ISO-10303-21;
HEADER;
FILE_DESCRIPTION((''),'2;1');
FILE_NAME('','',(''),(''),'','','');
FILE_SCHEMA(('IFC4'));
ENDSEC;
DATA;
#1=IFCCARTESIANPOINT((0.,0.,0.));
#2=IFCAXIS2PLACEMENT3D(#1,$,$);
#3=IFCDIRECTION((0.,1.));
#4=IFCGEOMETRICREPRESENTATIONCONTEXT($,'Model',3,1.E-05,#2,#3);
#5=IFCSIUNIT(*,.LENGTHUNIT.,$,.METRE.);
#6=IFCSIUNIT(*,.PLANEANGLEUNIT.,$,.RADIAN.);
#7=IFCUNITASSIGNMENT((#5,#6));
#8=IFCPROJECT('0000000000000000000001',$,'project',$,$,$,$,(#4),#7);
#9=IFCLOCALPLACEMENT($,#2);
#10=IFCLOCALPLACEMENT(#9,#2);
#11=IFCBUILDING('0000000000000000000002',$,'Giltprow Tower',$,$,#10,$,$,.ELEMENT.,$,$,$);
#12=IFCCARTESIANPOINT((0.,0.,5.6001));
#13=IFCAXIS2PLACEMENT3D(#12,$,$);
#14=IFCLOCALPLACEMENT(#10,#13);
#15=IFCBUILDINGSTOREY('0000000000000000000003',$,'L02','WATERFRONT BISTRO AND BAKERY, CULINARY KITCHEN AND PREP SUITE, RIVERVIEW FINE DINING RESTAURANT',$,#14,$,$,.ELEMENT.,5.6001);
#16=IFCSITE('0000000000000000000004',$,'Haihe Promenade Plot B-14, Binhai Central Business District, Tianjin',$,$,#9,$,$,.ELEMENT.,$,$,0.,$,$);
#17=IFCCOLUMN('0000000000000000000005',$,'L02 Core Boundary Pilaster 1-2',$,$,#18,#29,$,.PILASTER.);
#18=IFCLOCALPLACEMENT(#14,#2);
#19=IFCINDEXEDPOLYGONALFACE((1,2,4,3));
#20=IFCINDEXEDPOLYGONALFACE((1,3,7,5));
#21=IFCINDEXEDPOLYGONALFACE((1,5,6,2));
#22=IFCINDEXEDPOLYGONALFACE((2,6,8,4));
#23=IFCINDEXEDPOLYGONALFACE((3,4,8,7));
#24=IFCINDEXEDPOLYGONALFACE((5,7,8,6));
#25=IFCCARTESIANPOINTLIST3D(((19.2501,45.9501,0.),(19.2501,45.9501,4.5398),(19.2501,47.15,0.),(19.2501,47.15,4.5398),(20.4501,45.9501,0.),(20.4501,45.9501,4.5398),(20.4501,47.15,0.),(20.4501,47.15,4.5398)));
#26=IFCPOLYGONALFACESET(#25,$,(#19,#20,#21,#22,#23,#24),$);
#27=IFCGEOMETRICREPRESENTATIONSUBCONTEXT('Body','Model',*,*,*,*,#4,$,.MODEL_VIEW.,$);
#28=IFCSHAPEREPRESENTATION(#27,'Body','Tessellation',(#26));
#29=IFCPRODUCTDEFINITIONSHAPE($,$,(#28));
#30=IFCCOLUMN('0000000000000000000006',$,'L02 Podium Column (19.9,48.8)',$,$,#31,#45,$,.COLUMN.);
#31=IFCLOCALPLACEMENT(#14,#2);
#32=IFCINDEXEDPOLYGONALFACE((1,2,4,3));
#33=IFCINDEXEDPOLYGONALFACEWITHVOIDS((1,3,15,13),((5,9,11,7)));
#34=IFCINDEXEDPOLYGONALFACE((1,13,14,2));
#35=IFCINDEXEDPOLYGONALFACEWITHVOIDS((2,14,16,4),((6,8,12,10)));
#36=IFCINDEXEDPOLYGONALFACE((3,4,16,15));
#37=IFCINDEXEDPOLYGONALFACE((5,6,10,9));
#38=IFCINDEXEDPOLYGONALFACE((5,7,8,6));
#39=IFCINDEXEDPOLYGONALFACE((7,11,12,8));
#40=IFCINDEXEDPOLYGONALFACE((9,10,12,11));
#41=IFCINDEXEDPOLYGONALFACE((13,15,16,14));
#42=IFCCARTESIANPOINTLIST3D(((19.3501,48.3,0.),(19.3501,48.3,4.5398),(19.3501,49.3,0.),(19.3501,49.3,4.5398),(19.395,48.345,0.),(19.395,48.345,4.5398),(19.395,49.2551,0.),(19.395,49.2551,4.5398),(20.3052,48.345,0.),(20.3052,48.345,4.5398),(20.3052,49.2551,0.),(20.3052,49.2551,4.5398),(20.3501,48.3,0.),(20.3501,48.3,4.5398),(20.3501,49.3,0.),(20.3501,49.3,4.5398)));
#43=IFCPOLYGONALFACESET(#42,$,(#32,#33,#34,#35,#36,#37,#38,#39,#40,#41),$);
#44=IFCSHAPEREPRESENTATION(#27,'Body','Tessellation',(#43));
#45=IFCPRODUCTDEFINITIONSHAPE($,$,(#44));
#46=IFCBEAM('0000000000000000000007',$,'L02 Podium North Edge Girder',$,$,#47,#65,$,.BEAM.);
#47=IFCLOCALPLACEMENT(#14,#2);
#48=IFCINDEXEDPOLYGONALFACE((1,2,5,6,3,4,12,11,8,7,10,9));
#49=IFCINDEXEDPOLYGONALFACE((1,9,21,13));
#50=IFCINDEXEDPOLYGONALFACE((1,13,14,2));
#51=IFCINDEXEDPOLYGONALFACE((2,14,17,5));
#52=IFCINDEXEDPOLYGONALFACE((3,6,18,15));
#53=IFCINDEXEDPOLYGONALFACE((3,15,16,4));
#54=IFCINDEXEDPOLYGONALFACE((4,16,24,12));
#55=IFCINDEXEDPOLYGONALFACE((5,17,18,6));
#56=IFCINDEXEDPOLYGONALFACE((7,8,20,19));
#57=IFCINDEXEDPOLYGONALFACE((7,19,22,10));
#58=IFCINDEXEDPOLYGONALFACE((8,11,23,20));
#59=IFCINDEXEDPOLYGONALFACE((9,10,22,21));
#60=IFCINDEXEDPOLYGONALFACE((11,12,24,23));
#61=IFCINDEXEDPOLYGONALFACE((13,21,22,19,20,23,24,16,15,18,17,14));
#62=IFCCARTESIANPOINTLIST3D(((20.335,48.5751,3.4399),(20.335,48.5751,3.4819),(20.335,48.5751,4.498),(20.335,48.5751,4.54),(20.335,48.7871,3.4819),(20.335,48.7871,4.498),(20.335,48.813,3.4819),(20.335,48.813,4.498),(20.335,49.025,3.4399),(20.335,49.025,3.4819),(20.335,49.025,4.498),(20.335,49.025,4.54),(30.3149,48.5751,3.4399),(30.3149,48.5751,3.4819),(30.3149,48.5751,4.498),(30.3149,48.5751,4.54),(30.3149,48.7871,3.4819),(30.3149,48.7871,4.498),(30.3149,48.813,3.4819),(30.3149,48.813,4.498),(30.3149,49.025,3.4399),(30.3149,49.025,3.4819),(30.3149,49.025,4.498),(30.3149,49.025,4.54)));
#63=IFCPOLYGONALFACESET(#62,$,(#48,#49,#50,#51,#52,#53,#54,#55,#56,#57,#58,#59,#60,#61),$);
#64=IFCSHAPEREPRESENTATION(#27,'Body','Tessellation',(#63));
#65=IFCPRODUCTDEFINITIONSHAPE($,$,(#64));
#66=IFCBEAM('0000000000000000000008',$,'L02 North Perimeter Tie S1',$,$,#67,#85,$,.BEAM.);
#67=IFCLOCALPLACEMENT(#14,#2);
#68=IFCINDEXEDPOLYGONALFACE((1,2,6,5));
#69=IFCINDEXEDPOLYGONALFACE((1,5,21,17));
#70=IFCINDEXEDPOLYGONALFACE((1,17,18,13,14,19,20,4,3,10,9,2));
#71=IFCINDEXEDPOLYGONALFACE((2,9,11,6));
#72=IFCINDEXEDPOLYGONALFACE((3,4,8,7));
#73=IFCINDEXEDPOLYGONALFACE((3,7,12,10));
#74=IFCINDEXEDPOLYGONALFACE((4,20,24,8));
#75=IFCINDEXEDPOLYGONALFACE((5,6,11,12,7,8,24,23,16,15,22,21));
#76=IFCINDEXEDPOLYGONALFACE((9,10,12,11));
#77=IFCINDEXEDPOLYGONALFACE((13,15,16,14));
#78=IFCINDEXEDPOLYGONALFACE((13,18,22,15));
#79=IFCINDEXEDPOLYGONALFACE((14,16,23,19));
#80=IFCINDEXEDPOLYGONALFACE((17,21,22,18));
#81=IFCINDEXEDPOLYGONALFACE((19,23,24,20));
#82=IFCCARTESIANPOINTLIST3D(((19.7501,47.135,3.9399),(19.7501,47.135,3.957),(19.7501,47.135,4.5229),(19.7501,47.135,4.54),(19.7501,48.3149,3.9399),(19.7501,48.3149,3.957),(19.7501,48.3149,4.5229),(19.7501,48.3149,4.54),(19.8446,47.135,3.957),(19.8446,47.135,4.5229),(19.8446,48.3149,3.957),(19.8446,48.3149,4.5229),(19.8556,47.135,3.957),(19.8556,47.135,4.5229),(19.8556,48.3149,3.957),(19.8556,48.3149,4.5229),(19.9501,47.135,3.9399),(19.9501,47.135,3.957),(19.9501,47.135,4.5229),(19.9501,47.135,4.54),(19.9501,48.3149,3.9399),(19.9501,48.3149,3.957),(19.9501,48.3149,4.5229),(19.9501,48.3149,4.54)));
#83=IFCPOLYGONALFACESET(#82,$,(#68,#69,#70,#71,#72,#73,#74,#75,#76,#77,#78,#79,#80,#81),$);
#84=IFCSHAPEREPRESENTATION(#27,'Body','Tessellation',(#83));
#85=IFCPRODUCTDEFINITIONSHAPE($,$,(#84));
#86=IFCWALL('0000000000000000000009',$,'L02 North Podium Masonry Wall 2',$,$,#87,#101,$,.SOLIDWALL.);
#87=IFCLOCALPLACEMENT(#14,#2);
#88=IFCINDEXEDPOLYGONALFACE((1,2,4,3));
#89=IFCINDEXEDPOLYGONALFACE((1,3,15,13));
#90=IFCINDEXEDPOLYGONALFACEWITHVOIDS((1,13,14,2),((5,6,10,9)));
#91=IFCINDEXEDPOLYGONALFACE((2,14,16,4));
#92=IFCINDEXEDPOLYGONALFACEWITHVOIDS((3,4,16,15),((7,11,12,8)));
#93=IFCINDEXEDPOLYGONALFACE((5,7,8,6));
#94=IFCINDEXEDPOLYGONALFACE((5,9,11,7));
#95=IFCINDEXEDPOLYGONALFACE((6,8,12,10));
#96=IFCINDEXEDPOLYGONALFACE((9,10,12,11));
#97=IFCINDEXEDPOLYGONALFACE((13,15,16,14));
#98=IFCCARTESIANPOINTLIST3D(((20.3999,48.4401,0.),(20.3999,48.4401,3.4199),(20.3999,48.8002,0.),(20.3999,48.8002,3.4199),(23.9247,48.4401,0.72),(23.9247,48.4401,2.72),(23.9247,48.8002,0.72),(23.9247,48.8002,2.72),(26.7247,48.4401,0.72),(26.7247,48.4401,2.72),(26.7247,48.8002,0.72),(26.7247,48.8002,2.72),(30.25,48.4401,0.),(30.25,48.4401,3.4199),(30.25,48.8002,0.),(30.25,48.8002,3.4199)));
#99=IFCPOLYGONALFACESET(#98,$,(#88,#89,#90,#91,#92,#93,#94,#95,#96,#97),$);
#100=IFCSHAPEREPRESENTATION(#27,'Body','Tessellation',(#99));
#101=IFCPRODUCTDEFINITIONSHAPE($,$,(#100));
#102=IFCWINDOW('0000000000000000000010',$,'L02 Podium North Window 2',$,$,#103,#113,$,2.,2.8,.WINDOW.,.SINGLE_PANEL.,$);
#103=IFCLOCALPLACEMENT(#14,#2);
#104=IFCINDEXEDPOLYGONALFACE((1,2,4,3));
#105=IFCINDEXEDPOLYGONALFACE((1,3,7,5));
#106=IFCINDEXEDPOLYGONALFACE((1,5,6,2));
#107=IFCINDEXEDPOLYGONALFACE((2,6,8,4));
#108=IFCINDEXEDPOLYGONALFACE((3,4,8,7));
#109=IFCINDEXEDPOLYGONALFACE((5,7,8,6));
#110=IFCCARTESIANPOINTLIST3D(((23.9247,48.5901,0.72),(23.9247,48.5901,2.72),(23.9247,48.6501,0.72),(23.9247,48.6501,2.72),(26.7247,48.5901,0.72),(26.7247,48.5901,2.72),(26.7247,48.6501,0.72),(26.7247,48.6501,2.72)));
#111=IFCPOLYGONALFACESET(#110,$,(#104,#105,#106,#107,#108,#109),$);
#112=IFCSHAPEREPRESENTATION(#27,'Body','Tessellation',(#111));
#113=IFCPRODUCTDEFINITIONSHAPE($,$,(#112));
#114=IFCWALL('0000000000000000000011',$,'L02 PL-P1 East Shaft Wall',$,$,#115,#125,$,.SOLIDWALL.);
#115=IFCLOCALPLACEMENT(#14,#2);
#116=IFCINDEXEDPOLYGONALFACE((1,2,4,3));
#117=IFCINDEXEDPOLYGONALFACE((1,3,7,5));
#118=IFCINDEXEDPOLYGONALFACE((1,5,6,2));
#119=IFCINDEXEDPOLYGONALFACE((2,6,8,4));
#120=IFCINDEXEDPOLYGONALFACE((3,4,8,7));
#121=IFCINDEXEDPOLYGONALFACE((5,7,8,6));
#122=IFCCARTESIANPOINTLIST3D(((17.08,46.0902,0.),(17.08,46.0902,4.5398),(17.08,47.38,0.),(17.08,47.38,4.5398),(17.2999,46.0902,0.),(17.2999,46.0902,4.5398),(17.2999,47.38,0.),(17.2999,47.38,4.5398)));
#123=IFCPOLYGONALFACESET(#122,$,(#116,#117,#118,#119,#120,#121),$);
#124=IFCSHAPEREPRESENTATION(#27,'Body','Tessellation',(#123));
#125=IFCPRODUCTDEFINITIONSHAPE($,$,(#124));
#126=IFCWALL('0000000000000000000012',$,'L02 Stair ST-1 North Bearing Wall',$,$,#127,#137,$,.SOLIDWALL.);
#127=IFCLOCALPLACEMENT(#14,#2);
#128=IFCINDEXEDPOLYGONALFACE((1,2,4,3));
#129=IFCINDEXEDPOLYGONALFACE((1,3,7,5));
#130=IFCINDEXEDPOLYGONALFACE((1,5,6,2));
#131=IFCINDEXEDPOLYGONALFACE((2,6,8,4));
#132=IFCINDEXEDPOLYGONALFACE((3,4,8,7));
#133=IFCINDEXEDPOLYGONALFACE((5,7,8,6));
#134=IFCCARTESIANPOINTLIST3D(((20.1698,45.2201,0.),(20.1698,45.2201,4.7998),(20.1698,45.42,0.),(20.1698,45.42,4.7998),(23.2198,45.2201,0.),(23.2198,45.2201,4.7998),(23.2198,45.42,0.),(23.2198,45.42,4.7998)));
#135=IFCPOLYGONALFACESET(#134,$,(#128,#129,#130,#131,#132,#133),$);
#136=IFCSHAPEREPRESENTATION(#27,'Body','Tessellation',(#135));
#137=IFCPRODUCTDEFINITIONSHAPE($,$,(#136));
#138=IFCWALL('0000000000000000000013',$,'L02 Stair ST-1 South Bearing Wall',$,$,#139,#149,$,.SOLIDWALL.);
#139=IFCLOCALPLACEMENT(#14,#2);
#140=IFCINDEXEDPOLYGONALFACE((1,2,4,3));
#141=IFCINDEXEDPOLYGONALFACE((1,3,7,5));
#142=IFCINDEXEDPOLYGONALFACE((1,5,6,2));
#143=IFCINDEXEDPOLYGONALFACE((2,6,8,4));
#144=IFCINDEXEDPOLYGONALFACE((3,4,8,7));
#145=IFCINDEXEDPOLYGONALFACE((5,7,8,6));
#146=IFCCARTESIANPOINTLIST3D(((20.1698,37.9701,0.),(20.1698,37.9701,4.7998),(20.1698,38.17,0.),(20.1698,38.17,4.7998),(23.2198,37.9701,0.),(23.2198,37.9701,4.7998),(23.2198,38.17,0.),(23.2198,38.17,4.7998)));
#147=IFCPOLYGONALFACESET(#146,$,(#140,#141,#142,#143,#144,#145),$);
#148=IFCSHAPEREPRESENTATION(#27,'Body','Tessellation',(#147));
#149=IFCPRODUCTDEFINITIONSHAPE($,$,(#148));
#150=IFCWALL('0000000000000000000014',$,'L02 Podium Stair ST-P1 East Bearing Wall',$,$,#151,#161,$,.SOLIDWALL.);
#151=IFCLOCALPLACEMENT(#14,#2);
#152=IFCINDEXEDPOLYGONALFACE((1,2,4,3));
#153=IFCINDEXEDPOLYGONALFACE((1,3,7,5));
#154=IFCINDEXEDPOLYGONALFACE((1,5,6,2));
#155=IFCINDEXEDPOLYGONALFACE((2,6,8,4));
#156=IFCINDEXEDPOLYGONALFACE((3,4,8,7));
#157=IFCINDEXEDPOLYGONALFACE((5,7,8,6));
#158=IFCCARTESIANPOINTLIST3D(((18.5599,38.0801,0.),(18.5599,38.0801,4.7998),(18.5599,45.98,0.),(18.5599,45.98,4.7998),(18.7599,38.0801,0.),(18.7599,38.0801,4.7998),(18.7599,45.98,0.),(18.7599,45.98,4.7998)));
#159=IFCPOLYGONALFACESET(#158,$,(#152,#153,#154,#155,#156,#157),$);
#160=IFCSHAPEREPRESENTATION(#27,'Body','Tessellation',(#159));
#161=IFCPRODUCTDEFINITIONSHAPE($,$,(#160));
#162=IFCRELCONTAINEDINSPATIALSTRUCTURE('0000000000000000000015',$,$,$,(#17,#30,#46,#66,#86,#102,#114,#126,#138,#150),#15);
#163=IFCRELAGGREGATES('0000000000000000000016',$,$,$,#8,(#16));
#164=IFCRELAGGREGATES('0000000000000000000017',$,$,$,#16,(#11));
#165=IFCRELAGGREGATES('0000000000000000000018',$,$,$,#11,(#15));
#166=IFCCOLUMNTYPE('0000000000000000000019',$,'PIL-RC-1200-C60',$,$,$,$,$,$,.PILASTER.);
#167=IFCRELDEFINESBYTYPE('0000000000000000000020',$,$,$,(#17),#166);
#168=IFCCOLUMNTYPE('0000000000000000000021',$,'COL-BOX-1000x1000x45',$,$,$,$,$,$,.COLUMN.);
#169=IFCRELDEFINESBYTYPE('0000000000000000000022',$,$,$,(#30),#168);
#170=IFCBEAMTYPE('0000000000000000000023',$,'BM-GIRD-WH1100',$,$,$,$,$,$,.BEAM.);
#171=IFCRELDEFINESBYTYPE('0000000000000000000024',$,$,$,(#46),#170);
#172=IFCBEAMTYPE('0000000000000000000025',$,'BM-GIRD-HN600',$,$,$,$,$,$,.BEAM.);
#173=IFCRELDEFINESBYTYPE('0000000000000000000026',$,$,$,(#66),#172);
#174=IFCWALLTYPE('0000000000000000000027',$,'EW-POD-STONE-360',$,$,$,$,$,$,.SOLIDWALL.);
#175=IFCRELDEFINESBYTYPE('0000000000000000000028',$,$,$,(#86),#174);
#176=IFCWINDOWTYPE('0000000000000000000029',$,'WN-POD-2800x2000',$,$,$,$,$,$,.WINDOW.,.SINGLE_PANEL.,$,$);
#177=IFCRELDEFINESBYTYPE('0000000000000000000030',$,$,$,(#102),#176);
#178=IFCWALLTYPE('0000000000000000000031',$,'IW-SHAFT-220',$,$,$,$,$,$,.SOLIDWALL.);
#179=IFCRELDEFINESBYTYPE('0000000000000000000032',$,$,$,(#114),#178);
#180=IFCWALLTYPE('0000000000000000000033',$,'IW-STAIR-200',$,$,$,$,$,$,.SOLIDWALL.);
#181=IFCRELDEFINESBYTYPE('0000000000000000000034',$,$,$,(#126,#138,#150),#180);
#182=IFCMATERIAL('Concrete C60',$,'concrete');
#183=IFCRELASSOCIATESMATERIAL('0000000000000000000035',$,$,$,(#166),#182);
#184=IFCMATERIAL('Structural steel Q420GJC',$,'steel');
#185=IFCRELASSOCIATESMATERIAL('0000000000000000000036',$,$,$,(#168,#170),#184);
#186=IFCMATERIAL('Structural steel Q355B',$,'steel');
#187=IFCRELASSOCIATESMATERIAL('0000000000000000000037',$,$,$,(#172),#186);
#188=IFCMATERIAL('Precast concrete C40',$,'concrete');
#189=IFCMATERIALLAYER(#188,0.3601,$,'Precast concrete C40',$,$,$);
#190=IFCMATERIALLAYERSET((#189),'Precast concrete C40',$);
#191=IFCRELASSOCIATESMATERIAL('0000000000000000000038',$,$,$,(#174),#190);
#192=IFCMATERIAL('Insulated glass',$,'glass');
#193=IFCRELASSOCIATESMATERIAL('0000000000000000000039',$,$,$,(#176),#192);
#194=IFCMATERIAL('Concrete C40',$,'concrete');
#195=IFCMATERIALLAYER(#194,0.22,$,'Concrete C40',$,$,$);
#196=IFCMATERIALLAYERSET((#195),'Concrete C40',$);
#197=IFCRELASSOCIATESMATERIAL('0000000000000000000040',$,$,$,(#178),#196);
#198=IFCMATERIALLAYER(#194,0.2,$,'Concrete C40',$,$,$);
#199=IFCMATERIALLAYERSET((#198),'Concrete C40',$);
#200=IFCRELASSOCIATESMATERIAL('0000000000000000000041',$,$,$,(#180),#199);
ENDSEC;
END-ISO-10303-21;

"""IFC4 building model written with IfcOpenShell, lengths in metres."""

from ifc_helpers import new_model, si_unit, direction, frame, frame_2d, origin, origin_2d, place, context, subcontext, project, spatial, rectangle, hollow_rectangle, i_section, extrude, source, transform, mapped, material, layer, layer_set, material_profile, profile_set, type_object, element, fill, save


model = new_model("IFC4")

# Units and contexts
model_context = context("Model", 3, precision=1e-05, world=origin(), true_north=direction((0.0, 1.0)))
body_context = subcontext(model_context, "Body", "Model", "MODEL_VIEW")
ifc_project = project(units=[si_unit("LENGTHUNIT", "METRE"), si_unit("PLANEANGLEUNIT", "RADIAN")], contexts=[model_context])

# Site, building, storey
site_placement = place(None, origin())
site = spatial("IfcSite", under=ifc_project, at=site_placement, Name="Haihe Promenade Plot B-14, Binhai Central Business District, Tianjin", CompositionType="ELEMENT", RefElevation=0.0)
building_placement = place(site_placement, origin())
building = spatial("IfcBuilding", under=site, at=building_placement, Name="Giltprow Tower", CompositionType="ELEMENT")
storey_placement = place(building_placement, frame((0.0, 0.0, 5.6001)))
storey = spatial("IfcBuildingStorey", under=building, at=storey_placement, Name="L02", Description="WATERFRONT BISTRO AND BAKERY, CULINARY KITCHEN AND PREP SUITE, RIVERVIEW FINE DINING RESTAURANT", CompositionType="ELEMENT", Elevation=5.6001)

# Columns
ifc_material_1 = material(Name="Concrete C60", Category="concrete")
ifc_material_profile_1 = material_profile(ifc_material_1, rectangle(XDim=1.2, YDim=1.2, at=origin_2d()), Name="RC 1200x1200")
ifc_profile_set_1 = profile_set([ifc_material_profile_1], Name="Concrete C60")
column_type_1 = type_object("IfcColumnType", Name="PIL-RC-1200-C60", PredefinedType="PILASTER", material=ifc_profile_set_1)
shared_shape_1 = source(origin(), body_context, "Body", "SweptSolid", [
    extrude(rectangle(XDim=1.2, YDim=1.2, at=origin_2d()), origin(), (0.0, 0.0, 1.0), 4.5398),
])
column_1_placement = place(storey_placement, frame((19.8501, 46.55, 0.0), z_axis=(0.0, 0.0, 1.0), x_axis=(1.0, 0.0, 0.0)))
element("IfcColumn", 1, at=column_1_placement, inside=storey, type_object=column_type_1, Name="L02 Core Boundary Pilaster 1-2", PredefinedType="PILASTER", context=body_context, shape_type="MappedRepresentation", body=[
    mapped(shared_shape_1, transform((0.0, 0.0, 0.0), x_axis=(1.0, 0.0, 0.0), y_axis=(0.0, 1.0, 0.0), z_axis=(0.0, 0.0, 1.0), scale=1.0)),
])
ifc_material_2 = material(Name="Structural steel Q420GJC", Category="steel")
ifc_material_profile_2 = material_profile(ifc_material_2, hollow_rectangle(XDim=1.0, YDim=1.0, WallThickness=0.0449, at=origin_2d()), Name="BOX 1000x1000x45")
ifc_profile_set_2 = profile_set([ifc_material_profile_2], Name="Structural steel Q420GJC")
column_type_2 = type_object("IfcColumnType", Name="COL-BOX-1000x1000x45", PredefinedType="COLUMN", material=ifc_profile_set_2)
shared_shape_2 = source(origin(), body_context, "Body", "SweptSolid", [
    extrude(hollow_rectangle(XDim=1.0, YDim=1.0, WallThickness=0.0449, at=origin_2d()), origin(), (0.0, 0.0, 1.0), 4.5398),
])
column_2_placement = place(storey_placement, frame((19.8501, 48.8, 0.0), z_axis=(0.0, 0.0, 1.0), x_axis=(1.0, 0.0, 0.0)))
element("IfcColumn", 2, at=column_2_placement, inside=storey, type_object=column_type_2, Name="L02 Podium Column (19.9,48.8)", PredefinedType="COLUMN", context=body_context, shape_type="MappedRepresentation", body=[
    mapped(shared_shape_2, transform((0.0, 0.0, 0.0), x_axis=(1.0, 0.0, 0.0), y_axis=(0.0, 1.0, 0.0), z_axis=(0.0, 0.0, 1.0), scale=1.0)),
])

# Beams
ifc_material_profile_3 = material_profile(ifc_material_2, i_section(OverallWidth=0.45, OverallDepth=1.1001, WebThickness=0.0259, FlangeThickness=0.042, at=origin_2d()), Name="WH 1100x450x26x42")
ifc_profile_set_3 = profile_set([ifc_material_profile_3], Name="Structural steel Q420GJC")
beam_type_1 = type_object("IfcBeamType", Name="BM-GIRD-WH1100", PredefinedType="BEAM", material=ifc_profile_set_3)
shared_shape_3 = source(origin(), body_context, "Body", "SweptSolid", [
    extrude(i_section(OverallWidth=0.45, OverallDepth=1.1001, WebThickness=0.0259, FlangeThickness=0.042, at=origin_2d()), origin(), (0.0, 0.0, 1.0), 9.98),
])
beam_1_placement = place(storey_placement, frame((20.335, 48.8, 3.99), z_axis=(1.0, 0.0, 0.0), x_axis=(0.0, 1.0, 0.0)))
element("IfcBeam", 3, at=beam_1_placement, inside=storey, type_object=beam_type_1, Name="L02 Podium North Edge Girder", PredefinedType="BEAM", context=body_context, shape_type="MappedRepresentation", body=[
    mapped(shared_shape_3, transform((0.0, 0.0, 0.0), x_axis=(1.0, 0.0, 0.0), y_axis=(0.0, 1.0, 0.0), z_axis=(0.0, 0.0, 1.0), scale=1.0)),
])
ifc_material_3 = material(Name="Structural steel Q355B", Category="steel")
ifc_material_profile_4 = material_profile(ifc_material_3, i_section(OverallWidth=0.2, OverallDepth=0.6001, WebThickness=0.011, FlangeThickness=0.0171, at=origin_2d()), Name="HN 600x200x11x17")
ifc_profile_set_4 = profile_set([ifc_material_profile_4], Name="Structural steel Q355B")
beam_type_2 = type_object("IfcBeamType", Name="BM-GIRD-HN600", PredefinedType="BEAM", material=ifc_profile_set_4)
shared_shape_4 = source(origin(), body_context, "Body", "SweptSolid", [
    extrude(i_section(OverallWidth=0.2, OverallDepth=0.6001, WebThickness=0.011, FlangeThickness=0.0171, at=origin_2d()), origin(), (0.0, 0.0, 1.0), 1.1799),
])
beam_2_placement = place(storey_placement, frame((19.8501, 47.135, 4.24), z_axis=(0.0, 1.0, 0.0), x_axis=(-1.0, 0.0, 0.0)))
element("IfcBeam", 4, at=beam_2_placement, inside=storey, type_object=beam_type_2, Name="L02 North Perimeter Tie S1", PredefinedType="BEAM", context=body_context, shape_type="MappedRepresentation", body=[
    mapped(shared_shape_4, transform((0.0, 0.0, 0.0), x_axis=(1.0, 0.0, 0.0), y_axis=(0.0, 1.0, 0.0), z_axis=(0.0, 0.0, 1.0), scale=1.0)),
])

# Wall, opening, window
ifc_material_4 = material(Name="Precast concrete C40", Category="concrete")
ifc_layer_1 = layer(ifc_material_4, 0.3601, Name="Precast concrete C40")
ifc_layer_set_1 = layer_set([ifc_layer_1], Name="Precast concrete C40")
wall_type_1 = type_object("IfcWallType", Name="EW-POD-STONE-360", PredefinedType="SOLIDWALL", material=ifc_layer_set_1)
wall_1_placement = place(storey_placement, frame((20.3999, 48.6201, 0.0), z_axis=(0.0, 0.0, 1.0), x_axis=(1.0, 0.0, 0.0)))
wall_1 = element("IfcWall", 5, at=wall_1_placement, inside=storey, type_object=wall_type_1, Name="L02 North Podium Masonry Wall 2", PredefinedType="SOLIDWALL", context=body_context, shape_type="SweptSolid", body=[
    extrude(rectangle(XDim=9.8501, YDim=0.3601, at=frame_2d((4.925, 0.0))), origin(), (0.0, 0.0, 1.0), 3.4199),
])
opening_placement = place(wall_1_placement, frame((3.5249, 0.0, 0.72)))
opening = element("IfcOpeningElement", 6, at=opening_placement, cuts=wall_1, PredefinedType="OPENING", context=body_context, shape_type="SweptSolid", body=[
    extrude(rectangle(XDim=2.8, YDim=2.0, at=frame_2d((1.3999, 1.0))), frame((0.0, 0.1899, 0.0), z_axis=(0.0, -1.0, 0.0), x_axis=(1.0, 0.0, 0.0)), (0.0, 0.0, 1.0), 0.3801),
])
ifc_material_5 = material(Name="Insulated glass", Category="glass")
window_type = type_object("IfcWindowType", Name="WN-POD-2800x2000", PartitioningType="SINGLE_PANEL", PredefinedType="WINDOW", material=ifc_material_5)
shared_shape_5 = source(origin(), body_context, "Body", "SweptSolid", [
    extrude(rectangle(XDim=2.8, YDim=2.0, at=frame_2d((1.3999, 1.0))), frame((0.0, 0.03, 0.0), z_axis=(0.0, -1.0, 0.0), x_axis=(1.0, 0.0, 0.0)), (0.0, 0.0, 1.0), 0.0601),
])
window_placement = place(opening_placement, origin())
window = element("IfcWindow", 7, at=window_placement, inside=storey, type_object=window_type, Name="L02 Podium North Window 2", OverallHeight=2.0, OverallWidth=2.8, PartitioningType="SINGLE_PANEL", PredefinedType="WINDOW", context=body_context, shape_type="MappedRepresentation", body=[
    mapped(shared_shape_5, transform((0.0, 0.0, 0.0), x_axis=(1.0, 0.0, 0.0), y_axis=(0.0, 1.0, 0.0), z_axis=(0.0, 0.0, 1.0), scale=1.0)),
])
fill(opening, window)

# Walls
ifc_material_6 = material(Name="Concrete C40", Category="concrete")
ifc_layer_2 = layer(ifc_material_6, 0.22, Name="Concrete C40")
ifc_layer_set_2 = layer_set([ifc_layer_2], Name="Concrete C40")
wall_type_2 = type_object("IfcWallType", Name="IW-SHAFT-220", PredefinedType="SOLIDWALL", material=ifc_layer_set_2)
wall_2_placement = place(storey_placement, frame((17.1899, 46.0901, 0.0), z_axis=(0.0, 0.0, 1.0), x_axis=(0.0, 1.0, 0.0)))
element("IfcWall", 8, at=wall_2_placement, inside=storey, type_object=wall_type_2, Name="L02 PL-P1 East Shaft Wall", PredefinedType="SOLIDWALL", context=body_context, shape_type="SweptSolid", body=[
    extrude(rectangle(XDim=1.2898, YDim=0.22, at=frame_2d((0.645, 0.0))), origin(), (0.0, 0.0, 1.0), 4.5398),
])
ifc_layer_3 = layer(ifc_material_6, 0.2, Name="Concrete C40")
ifc_layer_set_3 = layer_set([ifc_layer_3], Name="Concrete C40")
wall_type_3 = type_object("IfcWallType", Name="IW-STAIR-200", PredefinedType="SOLIDWALL", material=ifc_layer_set_3)
for number, where, z_axis, x_axis, name in (
    (9, (20.1699, 45.3201, 0.0), (0.0, 0.0, 1.0), (1.0, 0.0, 0.0), "L02 Stair ST-1 North Bearing Wall"),
    (10, (20.1699, 38.0701, 0.0), (0.0, 0.0, 1.0), (1.0, 0.0, 0.0), "L02 Stair ST-1 South Bearing Wall"),
):
    element("IfcWall", number, at=place(storey_placement, frame(where, z_axis=z_axis, x_axis=x_axis)), inside=storey, type_object=wall_type_3, Name=name, PredefinedType="SOLIDWALL", context=body_context, shape_type="SweptSolid", body=[
        extrude(rectangle(XDim=3.05, YDim=0.2, at=frame_2d((1.5249, 0.0))), origin(), (0.0, 0.0, 1.0), 4.7998),
    ])
wall_3_placement = place(storey_placement, frame((18.6599, 38.0801, 0.0), z_axis=(0.0, 0.0, 1.0), x_axis=(0.0, 1.0, 0.0)))
element("IfcWall", 11, at=wall_3_placement, inside=storey, type_object=wall_type_3, Name="L02 Podium Stair ST-P1 East Bearing Wall", PredefinedType="SOLIDWALL", context=body_context, shape_type="SweptSolid", body=[
    extrude(rectangle(XDim=7.8999, YDim=0.2, at=frame_2d((3.95, 0.0))), origin(), (0.0, 0.0, 1.0), 4.7998),
])

save(model, "model.ifc")
